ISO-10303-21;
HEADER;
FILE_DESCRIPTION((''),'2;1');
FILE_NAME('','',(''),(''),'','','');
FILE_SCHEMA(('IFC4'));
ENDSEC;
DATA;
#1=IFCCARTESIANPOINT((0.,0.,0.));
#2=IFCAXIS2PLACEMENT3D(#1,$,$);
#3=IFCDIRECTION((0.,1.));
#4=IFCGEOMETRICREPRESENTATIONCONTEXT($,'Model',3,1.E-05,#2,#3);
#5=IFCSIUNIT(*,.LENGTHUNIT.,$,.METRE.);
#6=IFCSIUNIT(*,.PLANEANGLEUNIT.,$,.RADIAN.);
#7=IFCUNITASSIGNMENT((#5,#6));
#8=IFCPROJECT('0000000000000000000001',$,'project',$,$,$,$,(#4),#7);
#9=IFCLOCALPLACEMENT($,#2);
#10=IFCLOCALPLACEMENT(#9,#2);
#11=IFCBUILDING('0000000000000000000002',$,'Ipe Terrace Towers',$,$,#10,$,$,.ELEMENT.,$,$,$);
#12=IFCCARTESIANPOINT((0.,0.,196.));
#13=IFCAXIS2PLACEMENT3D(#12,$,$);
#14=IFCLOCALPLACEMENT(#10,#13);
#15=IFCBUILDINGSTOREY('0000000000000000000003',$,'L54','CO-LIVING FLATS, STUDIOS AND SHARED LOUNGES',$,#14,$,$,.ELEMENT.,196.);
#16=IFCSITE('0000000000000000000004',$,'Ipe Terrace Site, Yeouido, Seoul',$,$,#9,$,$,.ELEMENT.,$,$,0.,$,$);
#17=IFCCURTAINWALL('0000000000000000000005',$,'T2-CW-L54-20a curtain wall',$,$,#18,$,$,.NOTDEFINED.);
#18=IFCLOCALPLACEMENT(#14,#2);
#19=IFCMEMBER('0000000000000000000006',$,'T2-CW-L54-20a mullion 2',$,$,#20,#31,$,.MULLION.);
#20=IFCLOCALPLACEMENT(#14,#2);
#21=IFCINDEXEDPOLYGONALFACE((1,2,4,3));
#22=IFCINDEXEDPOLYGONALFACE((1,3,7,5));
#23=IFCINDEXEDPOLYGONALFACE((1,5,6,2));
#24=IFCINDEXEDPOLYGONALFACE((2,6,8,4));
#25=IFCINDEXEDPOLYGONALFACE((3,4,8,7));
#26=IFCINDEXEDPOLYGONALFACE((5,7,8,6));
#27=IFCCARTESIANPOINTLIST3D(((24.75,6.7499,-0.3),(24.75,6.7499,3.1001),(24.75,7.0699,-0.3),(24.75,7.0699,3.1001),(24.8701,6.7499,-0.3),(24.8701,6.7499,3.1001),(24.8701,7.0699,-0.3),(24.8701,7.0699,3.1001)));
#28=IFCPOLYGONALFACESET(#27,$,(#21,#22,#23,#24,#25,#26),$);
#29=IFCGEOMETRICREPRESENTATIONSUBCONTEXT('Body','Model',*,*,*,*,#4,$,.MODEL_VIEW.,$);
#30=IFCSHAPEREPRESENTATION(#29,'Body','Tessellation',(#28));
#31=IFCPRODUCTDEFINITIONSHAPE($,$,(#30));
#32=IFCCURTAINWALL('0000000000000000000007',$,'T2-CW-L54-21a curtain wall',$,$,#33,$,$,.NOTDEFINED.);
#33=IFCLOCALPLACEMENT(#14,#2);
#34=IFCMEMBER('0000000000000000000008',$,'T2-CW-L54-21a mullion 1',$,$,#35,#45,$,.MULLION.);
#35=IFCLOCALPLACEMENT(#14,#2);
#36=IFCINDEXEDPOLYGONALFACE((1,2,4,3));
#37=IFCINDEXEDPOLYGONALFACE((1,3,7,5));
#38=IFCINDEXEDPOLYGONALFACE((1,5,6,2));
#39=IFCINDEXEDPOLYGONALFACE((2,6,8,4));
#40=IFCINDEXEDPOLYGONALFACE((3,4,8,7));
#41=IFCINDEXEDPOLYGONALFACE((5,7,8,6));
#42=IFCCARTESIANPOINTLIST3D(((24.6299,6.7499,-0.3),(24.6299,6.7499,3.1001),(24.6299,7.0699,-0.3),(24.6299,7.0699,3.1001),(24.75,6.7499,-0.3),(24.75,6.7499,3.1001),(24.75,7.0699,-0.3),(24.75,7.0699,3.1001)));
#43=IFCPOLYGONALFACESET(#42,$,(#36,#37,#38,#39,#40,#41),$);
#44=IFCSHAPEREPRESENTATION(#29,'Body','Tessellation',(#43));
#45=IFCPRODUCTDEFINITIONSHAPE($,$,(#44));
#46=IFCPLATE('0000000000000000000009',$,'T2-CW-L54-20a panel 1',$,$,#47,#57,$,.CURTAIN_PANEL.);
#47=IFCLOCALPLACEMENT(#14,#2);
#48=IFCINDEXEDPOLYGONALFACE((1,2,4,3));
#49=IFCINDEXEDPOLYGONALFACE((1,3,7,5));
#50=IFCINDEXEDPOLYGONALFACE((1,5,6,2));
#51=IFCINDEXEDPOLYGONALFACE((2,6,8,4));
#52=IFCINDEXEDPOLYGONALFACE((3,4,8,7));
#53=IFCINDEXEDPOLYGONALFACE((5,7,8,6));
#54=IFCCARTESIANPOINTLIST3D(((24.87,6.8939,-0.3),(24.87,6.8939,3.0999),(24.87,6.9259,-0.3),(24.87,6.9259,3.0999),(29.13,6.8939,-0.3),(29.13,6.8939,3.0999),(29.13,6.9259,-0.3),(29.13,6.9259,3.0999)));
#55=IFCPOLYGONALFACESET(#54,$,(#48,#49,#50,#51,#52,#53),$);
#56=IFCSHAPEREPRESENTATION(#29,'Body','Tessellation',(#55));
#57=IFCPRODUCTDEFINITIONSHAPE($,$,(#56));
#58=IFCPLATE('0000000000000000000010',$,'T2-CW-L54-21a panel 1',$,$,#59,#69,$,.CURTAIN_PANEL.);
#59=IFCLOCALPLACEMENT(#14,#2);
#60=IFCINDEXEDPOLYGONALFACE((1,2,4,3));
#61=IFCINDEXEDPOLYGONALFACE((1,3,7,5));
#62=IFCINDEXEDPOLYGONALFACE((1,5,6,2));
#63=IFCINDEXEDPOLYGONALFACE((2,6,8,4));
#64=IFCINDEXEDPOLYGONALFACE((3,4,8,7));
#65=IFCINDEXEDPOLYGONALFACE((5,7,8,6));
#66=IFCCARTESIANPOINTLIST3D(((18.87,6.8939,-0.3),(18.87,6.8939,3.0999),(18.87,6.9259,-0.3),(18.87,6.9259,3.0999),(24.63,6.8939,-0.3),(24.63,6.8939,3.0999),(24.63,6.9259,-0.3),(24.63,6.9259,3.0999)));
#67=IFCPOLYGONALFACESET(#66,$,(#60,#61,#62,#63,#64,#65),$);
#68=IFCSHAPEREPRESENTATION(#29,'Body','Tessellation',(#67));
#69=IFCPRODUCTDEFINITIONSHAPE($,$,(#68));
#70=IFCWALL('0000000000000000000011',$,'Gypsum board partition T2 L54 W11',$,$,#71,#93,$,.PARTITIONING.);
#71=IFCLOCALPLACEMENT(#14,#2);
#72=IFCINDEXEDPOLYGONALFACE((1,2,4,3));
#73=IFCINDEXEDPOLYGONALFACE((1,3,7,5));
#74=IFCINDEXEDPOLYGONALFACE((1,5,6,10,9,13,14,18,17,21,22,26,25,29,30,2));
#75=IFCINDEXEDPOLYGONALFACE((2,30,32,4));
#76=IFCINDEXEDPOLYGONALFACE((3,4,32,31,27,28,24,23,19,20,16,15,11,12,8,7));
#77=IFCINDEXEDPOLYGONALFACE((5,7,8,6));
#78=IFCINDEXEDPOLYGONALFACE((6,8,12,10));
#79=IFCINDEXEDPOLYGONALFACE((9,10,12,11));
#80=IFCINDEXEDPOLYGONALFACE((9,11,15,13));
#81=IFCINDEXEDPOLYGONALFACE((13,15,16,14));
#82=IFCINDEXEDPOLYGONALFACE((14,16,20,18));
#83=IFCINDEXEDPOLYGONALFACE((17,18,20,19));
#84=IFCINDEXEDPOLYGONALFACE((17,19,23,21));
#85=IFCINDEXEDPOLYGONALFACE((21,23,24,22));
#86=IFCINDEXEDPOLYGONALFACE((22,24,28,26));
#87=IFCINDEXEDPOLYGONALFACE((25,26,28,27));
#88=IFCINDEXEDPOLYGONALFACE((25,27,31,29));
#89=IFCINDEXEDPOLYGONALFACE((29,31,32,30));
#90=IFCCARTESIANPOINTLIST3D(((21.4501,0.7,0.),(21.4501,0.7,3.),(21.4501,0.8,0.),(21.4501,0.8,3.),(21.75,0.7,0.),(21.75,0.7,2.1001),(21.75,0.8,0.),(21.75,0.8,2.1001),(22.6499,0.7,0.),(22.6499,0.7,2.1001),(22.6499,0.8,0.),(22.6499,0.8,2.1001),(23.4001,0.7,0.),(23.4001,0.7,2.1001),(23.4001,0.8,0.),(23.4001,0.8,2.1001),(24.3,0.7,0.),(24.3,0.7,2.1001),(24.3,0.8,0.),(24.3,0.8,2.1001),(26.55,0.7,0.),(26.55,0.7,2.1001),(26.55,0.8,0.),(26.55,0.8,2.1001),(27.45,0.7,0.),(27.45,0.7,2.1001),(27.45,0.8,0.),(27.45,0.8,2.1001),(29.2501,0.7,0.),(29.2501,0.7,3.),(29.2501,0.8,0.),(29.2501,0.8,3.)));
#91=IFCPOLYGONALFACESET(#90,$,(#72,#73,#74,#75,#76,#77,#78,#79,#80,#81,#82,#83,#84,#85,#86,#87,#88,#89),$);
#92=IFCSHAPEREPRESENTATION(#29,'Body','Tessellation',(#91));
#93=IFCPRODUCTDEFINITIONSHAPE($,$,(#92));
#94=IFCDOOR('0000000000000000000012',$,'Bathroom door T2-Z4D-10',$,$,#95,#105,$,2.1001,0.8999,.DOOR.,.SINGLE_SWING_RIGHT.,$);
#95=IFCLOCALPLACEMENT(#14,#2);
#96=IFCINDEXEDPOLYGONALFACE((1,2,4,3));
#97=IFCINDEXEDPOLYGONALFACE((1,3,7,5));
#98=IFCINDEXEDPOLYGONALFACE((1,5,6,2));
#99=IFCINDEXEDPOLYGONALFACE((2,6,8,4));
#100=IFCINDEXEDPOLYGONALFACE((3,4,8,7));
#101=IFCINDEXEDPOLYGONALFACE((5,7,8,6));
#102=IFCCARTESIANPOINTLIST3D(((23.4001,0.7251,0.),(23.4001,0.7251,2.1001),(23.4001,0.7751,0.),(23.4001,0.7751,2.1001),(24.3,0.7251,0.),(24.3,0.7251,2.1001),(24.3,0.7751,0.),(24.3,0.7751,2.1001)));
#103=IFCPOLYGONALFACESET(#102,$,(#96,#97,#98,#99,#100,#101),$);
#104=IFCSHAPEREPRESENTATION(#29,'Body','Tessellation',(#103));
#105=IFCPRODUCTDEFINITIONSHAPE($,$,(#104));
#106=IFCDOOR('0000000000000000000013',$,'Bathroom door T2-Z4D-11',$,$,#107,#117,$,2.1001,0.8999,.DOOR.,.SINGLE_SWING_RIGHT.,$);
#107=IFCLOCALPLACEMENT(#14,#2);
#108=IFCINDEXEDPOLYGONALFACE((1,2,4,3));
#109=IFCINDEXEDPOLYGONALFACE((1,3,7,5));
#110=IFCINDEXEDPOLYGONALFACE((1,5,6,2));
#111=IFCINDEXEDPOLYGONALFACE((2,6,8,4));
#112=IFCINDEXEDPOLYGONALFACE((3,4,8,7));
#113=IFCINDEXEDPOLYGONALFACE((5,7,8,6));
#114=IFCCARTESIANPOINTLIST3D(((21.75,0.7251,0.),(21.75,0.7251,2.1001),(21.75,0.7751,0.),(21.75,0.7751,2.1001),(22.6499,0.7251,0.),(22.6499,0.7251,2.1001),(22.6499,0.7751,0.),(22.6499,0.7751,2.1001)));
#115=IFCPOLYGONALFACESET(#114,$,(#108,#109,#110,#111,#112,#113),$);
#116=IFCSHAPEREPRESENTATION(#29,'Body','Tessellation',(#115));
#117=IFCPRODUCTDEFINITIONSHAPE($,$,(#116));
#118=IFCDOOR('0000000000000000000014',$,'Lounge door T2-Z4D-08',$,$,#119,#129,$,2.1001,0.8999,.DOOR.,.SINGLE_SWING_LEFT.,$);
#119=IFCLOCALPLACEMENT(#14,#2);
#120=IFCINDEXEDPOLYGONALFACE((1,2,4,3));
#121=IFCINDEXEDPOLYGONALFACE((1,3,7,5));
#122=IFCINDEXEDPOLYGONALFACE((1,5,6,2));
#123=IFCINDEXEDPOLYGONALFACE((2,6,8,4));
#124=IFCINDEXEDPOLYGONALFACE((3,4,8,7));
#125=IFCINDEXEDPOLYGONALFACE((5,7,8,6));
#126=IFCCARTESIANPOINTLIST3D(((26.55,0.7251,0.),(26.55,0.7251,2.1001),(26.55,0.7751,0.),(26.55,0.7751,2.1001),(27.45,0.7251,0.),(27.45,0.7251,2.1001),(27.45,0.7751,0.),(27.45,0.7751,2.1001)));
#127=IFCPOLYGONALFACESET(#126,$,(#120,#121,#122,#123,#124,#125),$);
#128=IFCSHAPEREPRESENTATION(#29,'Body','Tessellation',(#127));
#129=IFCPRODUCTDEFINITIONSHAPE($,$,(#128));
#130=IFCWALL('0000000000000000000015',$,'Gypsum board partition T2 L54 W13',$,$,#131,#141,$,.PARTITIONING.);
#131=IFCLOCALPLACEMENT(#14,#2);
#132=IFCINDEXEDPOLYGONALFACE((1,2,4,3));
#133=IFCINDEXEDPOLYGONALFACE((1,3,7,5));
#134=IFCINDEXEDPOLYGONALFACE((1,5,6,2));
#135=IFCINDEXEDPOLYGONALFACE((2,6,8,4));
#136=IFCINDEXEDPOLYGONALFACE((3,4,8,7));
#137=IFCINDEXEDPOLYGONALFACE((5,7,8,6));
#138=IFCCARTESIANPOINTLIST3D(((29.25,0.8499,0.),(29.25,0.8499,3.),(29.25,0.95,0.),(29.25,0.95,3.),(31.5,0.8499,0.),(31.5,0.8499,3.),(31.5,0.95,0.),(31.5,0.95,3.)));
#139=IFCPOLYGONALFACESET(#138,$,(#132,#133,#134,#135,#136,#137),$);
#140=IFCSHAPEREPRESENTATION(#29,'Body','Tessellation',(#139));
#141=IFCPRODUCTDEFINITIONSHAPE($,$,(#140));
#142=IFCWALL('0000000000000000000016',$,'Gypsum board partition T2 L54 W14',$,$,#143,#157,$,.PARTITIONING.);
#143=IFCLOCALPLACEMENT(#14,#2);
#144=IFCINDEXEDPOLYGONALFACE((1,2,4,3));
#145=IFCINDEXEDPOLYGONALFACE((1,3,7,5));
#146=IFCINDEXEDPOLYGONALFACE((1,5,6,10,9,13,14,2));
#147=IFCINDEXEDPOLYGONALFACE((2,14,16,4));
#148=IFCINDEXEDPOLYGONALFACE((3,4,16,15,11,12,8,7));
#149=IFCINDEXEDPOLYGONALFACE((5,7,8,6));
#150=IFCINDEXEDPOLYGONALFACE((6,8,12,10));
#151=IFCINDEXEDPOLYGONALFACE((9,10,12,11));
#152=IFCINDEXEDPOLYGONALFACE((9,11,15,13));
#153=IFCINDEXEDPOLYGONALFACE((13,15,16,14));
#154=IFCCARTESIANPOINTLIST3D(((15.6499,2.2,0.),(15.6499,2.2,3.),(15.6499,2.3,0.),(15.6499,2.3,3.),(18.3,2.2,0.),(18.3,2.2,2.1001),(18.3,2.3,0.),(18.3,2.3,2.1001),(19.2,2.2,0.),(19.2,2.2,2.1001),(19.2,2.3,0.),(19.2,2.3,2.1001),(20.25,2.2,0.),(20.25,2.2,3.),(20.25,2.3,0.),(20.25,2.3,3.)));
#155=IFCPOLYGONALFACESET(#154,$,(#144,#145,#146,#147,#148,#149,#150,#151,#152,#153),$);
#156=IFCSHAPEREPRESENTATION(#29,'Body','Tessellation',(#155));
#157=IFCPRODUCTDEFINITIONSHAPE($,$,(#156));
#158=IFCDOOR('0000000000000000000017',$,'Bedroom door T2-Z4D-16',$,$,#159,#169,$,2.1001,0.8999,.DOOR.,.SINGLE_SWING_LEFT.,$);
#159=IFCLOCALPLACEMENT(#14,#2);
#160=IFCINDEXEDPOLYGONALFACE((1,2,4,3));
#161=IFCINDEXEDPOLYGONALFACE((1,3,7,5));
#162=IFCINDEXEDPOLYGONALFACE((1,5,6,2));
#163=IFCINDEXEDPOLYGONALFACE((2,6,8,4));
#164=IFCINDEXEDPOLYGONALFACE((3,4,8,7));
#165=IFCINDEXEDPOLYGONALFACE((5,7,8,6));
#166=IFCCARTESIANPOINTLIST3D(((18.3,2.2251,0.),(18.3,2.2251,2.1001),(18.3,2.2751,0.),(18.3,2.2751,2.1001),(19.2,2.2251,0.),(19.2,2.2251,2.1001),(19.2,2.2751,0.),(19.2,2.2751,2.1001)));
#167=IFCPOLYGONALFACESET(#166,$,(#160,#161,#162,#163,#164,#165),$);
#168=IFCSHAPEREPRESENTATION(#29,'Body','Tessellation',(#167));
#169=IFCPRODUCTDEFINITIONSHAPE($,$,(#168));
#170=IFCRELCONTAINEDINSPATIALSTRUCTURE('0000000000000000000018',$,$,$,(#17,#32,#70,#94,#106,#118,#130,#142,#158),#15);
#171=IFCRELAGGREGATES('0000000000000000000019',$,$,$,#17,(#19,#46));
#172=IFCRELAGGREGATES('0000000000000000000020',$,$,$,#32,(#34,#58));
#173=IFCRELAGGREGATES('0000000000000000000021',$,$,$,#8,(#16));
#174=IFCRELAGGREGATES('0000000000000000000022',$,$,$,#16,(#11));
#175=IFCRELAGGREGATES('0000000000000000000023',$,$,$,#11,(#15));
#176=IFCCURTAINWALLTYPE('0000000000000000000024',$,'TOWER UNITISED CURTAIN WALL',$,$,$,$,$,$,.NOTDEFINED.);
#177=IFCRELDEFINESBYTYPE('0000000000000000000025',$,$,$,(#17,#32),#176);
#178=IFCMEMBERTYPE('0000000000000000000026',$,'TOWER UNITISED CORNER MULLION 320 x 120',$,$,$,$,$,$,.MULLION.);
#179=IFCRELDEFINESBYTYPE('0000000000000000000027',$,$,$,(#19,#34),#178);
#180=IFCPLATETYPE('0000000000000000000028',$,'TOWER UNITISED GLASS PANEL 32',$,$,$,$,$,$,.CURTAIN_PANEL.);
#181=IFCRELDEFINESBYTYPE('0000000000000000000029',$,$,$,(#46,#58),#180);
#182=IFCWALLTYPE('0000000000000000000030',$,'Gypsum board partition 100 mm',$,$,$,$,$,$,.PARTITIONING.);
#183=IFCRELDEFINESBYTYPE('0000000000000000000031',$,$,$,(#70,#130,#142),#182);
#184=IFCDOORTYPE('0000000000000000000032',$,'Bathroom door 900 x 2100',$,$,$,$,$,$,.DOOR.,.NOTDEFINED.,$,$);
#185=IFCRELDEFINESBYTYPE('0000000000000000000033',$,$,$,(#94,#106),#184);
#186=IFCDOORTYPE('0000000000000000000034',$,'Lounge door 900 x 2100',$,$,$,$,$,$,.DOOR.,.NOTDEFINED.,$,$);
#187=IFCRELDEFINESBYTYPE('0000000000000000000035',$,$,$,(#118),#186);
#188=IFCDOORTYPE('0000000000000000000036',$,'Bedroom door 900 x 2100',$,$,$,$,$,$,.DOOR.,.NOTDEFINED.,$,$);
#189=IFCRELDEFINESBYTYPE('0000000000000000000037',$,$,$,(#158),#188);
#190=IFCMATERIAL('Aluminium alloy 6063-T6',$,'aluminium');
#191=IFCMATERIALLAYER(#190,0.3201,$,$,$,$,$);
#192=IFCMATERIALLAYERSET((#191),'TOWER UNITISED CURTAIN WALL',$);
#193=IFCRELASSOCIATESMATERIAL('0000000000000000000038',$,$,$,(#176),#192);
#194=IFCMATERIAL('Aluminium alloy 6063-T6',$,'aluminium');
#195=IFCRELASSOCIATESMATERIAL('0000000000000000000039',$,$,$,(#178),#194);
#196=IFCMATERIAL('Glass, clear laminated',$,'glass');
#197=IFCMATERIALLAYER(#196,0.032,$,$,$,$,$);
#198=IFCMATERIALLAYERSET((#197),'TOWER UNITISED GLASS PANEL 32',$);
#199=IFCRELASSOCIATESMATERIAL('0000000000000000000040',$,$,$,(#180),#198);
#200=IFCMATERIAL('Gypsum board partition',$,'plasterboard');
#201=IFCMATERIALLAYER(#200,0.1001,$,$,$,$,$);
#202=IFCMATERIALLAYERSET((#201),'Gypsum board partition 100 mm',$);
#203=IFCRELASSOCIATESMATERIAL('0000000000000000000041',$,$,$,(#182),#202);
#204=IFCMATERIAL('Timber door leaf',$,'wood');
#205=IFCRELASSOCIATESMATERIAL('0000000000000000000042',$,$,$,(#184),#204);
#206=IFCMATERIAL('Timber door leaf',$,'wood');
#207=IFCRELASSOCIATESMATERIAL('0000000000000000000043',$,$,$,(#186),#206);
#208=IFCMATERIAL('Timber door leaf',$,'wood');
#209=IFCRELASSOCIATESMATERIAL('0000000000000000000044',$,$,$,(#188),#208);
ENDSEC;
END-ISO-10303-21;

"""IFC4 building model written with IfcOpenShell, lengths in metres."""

from ifc_helpers import new_model, si_unit, direction, frame, frame_2d, origin, origin_2d, place, context, subcontext, project, spatial, rectangle, extrude, material, layer, layer_set, material_profile, profile_set, type_object, element, fill, aggregate, save


model = new_model("IFC4")

# Units and contexts
model_context = context("Model", 3, precision=1e-05, world=origin(), true_north=direction((0.0, 1.0)))
body_context = subcontext(model_context, "Body", "Model", "MODEL_VIEW")
ifc_project = project(units=[si_unit("LENGTHUNIT", "METRE"), si_unit("PLANEANGLEUNIT", "RADIAN")], contexts=[model_context])

# Site, building, storey
site_placement = place(None, origin())
site = spatial("IfcSite", under=ifc_project, at=site_placement, Name="Ipe Terrace Site, Yeouido, Seoul", CompositionType="ELEMENT", RefElevation=0.0)
building_placement = place(site_placement, origin())
building = spatial("IfcBuilding", under=site, at=building_placement, Name="Ipe Terrace Towers", CompositionType="ELEMENT")
storey_placement = place(building_placement, frame((0.0, 0.0, 196.0)))
storey = spatial("IfcBuildingStorey", under=building, at=storey_placement, Name="L54", Description="CO-LIVING FLATS, STUDIOS AND SHARED LOUNGES", CompositionType="ELEMENT", Elevation=196.0)

# Curtain wall, member
ifc_material_1 = material(Name="Aluminium alloy 6063-T6", Category="aluminium")
ifc_layer_1 = layer(ifc_material_1, 0.3201)
ifc_layer_set_1 = layer_set([ifc_layer_1], Name="TOWER UNITISED CURTAIN WALL")
curtain_wall_type = type_object("IfcCurtainWallType", Name="TOWER UNITISED CURTAIN WALL", PredefinedType="NOTDEFINED", material=ifc_layer_set_1)
curtain_wall_1_placement = place(storey_placement, origin())
curtain_wall_1 = element("IfcCurtainWall", 1, at=curtain_wall_1_placement, inside=storey, type_object=curtain_wall_type, Name="T2-CW-L54-20a curtain wall", PredefinedType="NOTDEFINED")
ifc_material_2 = material(Name="Aluminium alloy 6063-T6", Category="aluminium")
ifc_material_profile_1 = material_profile(ifc_material_2, rectangle(XDim=0.3201, YDim=0.1201, at=origin_2d()), Name="TOWER UNITISED CORNER MULLION 320 x 120")
ifc_profile_set_1 = profile_set([ifc_material_profile_1], Name="Aluminium alloy 6063-T6")
member_type = type_object("IfcMemberType", Name="TOWER UNITISED CORNER MULLION 320 x 120", PredefinedType="MULLION", material=ifc_profile_set_1)
member_1_placement = place(storey_placement, frame((24.8101, 6.9099, -0.3), z_axis=(0.0, 0.0, 1.0), x_axis=(0.0, 1.0, 0.0)))
member_1 = element("IfcMember", 2, at=member_1_placement, type_object=member_type, Name="T2-CW-L54-20a mullion 2", PredefinedType="MULLION", context=body_context, shape_type="SweptSolid", body=[
    extrude(rectangle(XDim=0.3201, YDim=0.1201, at=origin_2d()), origin(), (0.0, 0.0, 1.0), 3.4001),
])

# Curtain wall, member
curtain_wall_2_placement = place(storey_placement, origin())
curtain_wall_2 = element("IfcCurtainWall", 3, at=curtain_wall_2_placement, inside=storey, type_object=curtain_wall_type, Name="T2-CW-L54-21a curtain wall", PredefinedType="NOTDEFINED")
member_2_placement = place(storey_placement, frame((24.6899, 6.9099, -0.3), z_axis=(0.0, 0.0, 1.0), x_axis=(0.0, 1.0, 0.0)))
member_2 = element("IfcMember", 4, at=member_2_placement, type_object=member_type, Name="T2-CW-L54-21a mullion 1", PredefinedType="MULLION", context=body_context, shape_type="SweptSolid", body=[
    extrude(rectangle(XDim=0.3201, YDim=0.1201, at=origin_2d()), origin(), (0.0, 0.0, 1.0), 3.4001),
])

# Plates
ifc_material_3 = material(Name="Glass, clear laminated", Category="glass")
ifc_layer_2 = layer(ifc_material_3, 0.032)
ifc_layer_set_2 = layer_set([ifc_layer_2], Name="TOWER UNITISED GLASS PANEL 32")
plate_type = type_object("IfcPlateType", Name="TOWER UNITISED GLASS PANEL 32", PredefinedType="CURTAIN_PANEL", material=ifc_layer_set_2)
plate_1_placement = place(storey_placement, frame((27.0, 6.9099, -0.3), z_axis=(0.0, 0.0, 1.0), x_axis=(-1.0, 0.0, 0.0)))
plate_1 = element("IfcPlate", 5, at=plate_1_placement, type_object=plate_type, Name="T2-CW-L54-20a panel 1", PredefinedType="CURTAIN_PANEL", context=body_context, shape_type="SweptSolid", body=[
    extrude(rectangle(XDim=4.26, YDim=0.032, at=origin_2d()), origin(), (0.0, 0.0, 1.0), 3.3999),
])
aggregate(curtain_wall_1, [member_1, plate_1])
plate_2_placement = place(storey_placement, frame((21.75, 6.9099, -0.3), z_axis=(0.0, 0.0, 1.0), x_axis=(-1.0, 0.0, 0.0)))
plate_2 = element("IfcPlate", 6, at=plate_2_placement, type_object=plate_type, Name="T2-CW-L54-21a panel 1", PredefinedType="CURTAIN_PANEL", context=body_context, shape_type="SweptSolid", body=[
    extrude(rectangle(XDim=5.76, YDim=0.032, at=origin_2d()), origin(), (0.0, 0.0, 1.0), 3.3999),
])
aggregate(curtain_wall_2, [member_2, plate_2])

# Wall, openings, doors
ifc_material_4 = material(Name="Gypsum board partition", Category="plasterboard")
ifc_layer_3 = layer(ifc_material_4, 0.1001)
ifc_layer_set_3 = layer_set([ifc_layer_3], Name="Gypsum board partition 100 mm")
wall_type_1 = type_object("IfcWallType", Name="Gypsum board partition 100 mm", PredefinedType="PARTITIONING", material=ifc_layer_set_3)
wall_1_placement = place(storey_placement, frame((29.25, 0.75, 0.0), z_axis=(0.0, 0.0, 1.0), x_axis=(-1.0, 0.0, 0.0)))
wall_1 = element("IfcWall", 7, at=wall_1_placement, inside=storey, type_object=wall_type_1, Name="Gypsum board partition T2 L54 W11", PredefinedType="PARTITIONING", context=body_context, shape_type="SweptSolid", body=[
    extrude(rectangle(XDim=7.8, YDim=0.1001, at=frame_2d((3.8999, 0.0))), origin(), (0.0, 0.0, 1.0), 3.0),
])
opening_1_placement = place(wall_1_placement, frame((1.8, 0.0, 0.0)))
opening_1 = element("IfcOpeningElement", 8, at=opening_1_placement, cuts=wall_1, PredefinedType="OPENING", context=body_context, shape_type="SweptSolid", body=[
    extrude(rectangle(XDim=0.8999, YDim=2.1001, at=frame_2d((0.45, 1.05))), frame((0.0, 0.0601, 0.0), z_axis=(0.0, -1.0, 0.0), x_axis=(1.0, 0.0, 0.0)), (0.0, 0.0, 1.0), 0.1201),
])
opening_2_placement = place(wall_1_placement, frame((4.95, 0.0, 0.0)))
opening_2 = element("IfcOpeningElement", 9, at=opening_2_placement, cuts=wall_1, PredefinedType="OPENING", context=body_context, shape_type="SweptSolid", body=[
    extrude(rectangle(XDim=0.8999, YDim=2.1001, at=frame_2d((0.45, 1.05))), frame((0.0, 0.0601, 0.0), z_axis=(0.0, -1.0, 0.0), x_axis=(1.0, 0.0, 0.0)), (0.0, 0.0, 1.0), 0.1201),
])
opening_3_placement = place(wall_1_placement, frame((6.6001, 0.0, 0.0)))
opening_3 = element("IfcOpeningElement", 10, at=opening_3_placement, cuts=wall_1, PredefinedType="OPENING", context=body_context, shape_type="SweptSolid", body=[
    extrude(rectangle(XDim=0.8999, YDim=2.1001, at=frame_2d((0.45, 1.05))), frame((0.0, 0.0601, 0.0), z_axis=(0.0, -1.0, 0.0), x_axis=(1.0, 0.0, 0.0)), (0.0, 0.0, 1.0), 0.1201),
])
ifc_material_5 = material(Name="Timber door leaf", Category="wood")
door_type_1 = type_object("IfcDoorType", Name="Bathroom door 900 x 2100", OperationType="NOTDEFINED", PredefinedType="DOOR", material=ifc_material_5)
door_1_placement = place(opening_2_placement, origin())
door_1 = element("IfcDoor", 11, at=door_1_placement, inside=storey, type_object=door_type_1, Name="Bathroom door T2-Z4D-10", OperationType="SINGLE_SWING_RIGHT", OverallHeight=2.1001, OverallWidth=0.8999, PredefinedType="DOOR", context=body_context, shape_type="SweptSolid", body=[
    extrude(rectangle(XDim=0.8999, YDim=2.1001, at=frame_2d((0.45, 1.05))), frame((0.0, 0.0249, 0.0), z_axis=(0.0, -1.0, 0.0), x_axis=(1.0, 0.0, 0.0)), (0.0, 0.0, 1.0), 0.05),
])
fill(opening_2, door_1)
door_2_placement = place(opening_3_placement, origin())
door_2 = element("IfcDoor", 12, at=door_2_placement, inside=storey, type_object=door_type_1, Name="Bathroom door T2-Z4D-11", OperationType="SINGLE_SWING_RIGHT", OverallHeight=2.1001, OverallWidth=0.8999, PredefinedType="DOOR", context=body_context, shape_type="SweptSolid", body=[
    extrude(rectangle(XDim=0.8999, YDim=2.1001, at=frame_2d((0.45, 1.05))), frame((0.0, 0.0249, 0.0), z_axis=(0.0, -1.0, 0.0), x_axis=(1.0, 0.0, 0.0)), (0.0, 0.0, 1.0), 0.05),
])
fill(opening_3, door_2)
ifc_material_6 = material(Name="Timber door leaf", Category="wood")
door_type_2 = type_object("IfcDoorType", Name="Lounge door 900 x 2100", OperationType="NOTDEFINED", PredefinedType="DOOR", material=ifc_material_6)
door_3_placement = place(opening_1_placement, origin())
door_3 = element("IfcDoor", 13, at=door_3_placement, inside=storey, type_object=door_type_2, Name="Lounge door T2-Z4D-08", OperationType="SINGLE_SWING_LEFT", OverallHeight=2.1001, OverallWidth=0.8999, PredefinedType="DOOR", context=body_context, shape_type="SweptSolid", body=[
    extrude(rectangle(XDim=0.8999, YDim=2.1001, at=frame_2d((0.45, 1.05))), frame((0.0, 0.0249, 0.0), z_axis=(0.0, -1.0, 0.0), x_axis=(1.0, 0.0, 0.0)), (0.0, 0.0, 1.0), 0.05),
])
fill(opening_1, door_3)

# Wall
wall_2_placement = place(storey_placement, frame((31.5, 0.8999, 0.0), z_axis=(0.0, 0.0, 1.0), x_axis=(-1.0, 0.0, 0.0)))
element("IfcWall", 14, at=wall_2_placement, inside=storey, type_object=wall_type_1, Name="Gypsum board partition T2 L54 W13", PredefinedType="PARTITIONING", context=body_context, shape_type="SweptSolid", body=[
    extrude(rectangle(XDim=2.25, YDim=0.1001, at=frame_2d((1.125, 0.0))), origin(), (0.0, 0.0, 1.0), 3.0),
])

# Wall, opening, door
wall_3_placement = place(storey_placement, frame((20.25, 2.25, 0.0), z_axis=(0.0, 0.0, 1.0), x_axis=(-1.0, 0.0, 0.0)))
wall_3 = element("IfcWall", 15, at=wall_3_placement, inside=storey, type_object=wall_type_1, Name="Gypsum board partition T2 L54 W14", PredefinedType="PARTITIONING", context=body_context, shape_type="SweptSolid", body=[
    extrude(rectangle(XDim=4.6001, YDim=0.1001, at=frame_2d((2.3, 0.0))), origin(), (0.0, 0.0, 1.0), 3.0),
])
opening_4_placement = place(wall_3_placement, frame((1.05, 0.0, 0.0)))
opening_4 = element("IfcOpeningElement", 16, at=opening_4_placement, cuts=wall_3, PredefinedType="OPENING", context=body_context, shape_type="SweptSolid", body=[
    extrude(rectangle(XDim=0.8999, YDim=2.1001, at=frame_2d((0.45, 1.05))), frame((0.0, 0.0601, 0.0), z_axis=(0.0, -1.0, 0.0), x_axis=(1.0, 0.0, 0.0)), (0.0, 0.0, 1.0), 0.1201),
])
ifc_material_7 = material(Name="Timber door leaf", Category="wood")
door_type_3 = type_object("IfcDoorType", Name="Bedroom door 900 x 2100", OperationType="NOTDEFINED", PredefinedType="DOOR", material=ifc_material_7)
door_4_placement = place(opening_4_placement, origin())
door_4 = element("IfcDoor", 17, at=door_4_placement, inside=storey, type_object=door_type_3, Name="Bedroom door T2-Z4D-16", OperationType="SINGLE_SWING_LEFT", OverallHeight=2.1001, OverallWidth=0.8999, PredefinedType="DOOR", context=body_context, shape_type="SweptSolid", body=[
    extrude(rectangle(XDim=0.8999, YDim=2.1001, at=frame_2d((0.45, 1.05))), frame((0.0, 0.0249, 0.0), z_axis=(0.0, -1.0, 0.0), x_axis=(1.0, 0.0, 0.0)), (0.0, 0.0, 1.0), 0.05),
])
fill(opening_4, door_4)

save(model, "model.ifc")
